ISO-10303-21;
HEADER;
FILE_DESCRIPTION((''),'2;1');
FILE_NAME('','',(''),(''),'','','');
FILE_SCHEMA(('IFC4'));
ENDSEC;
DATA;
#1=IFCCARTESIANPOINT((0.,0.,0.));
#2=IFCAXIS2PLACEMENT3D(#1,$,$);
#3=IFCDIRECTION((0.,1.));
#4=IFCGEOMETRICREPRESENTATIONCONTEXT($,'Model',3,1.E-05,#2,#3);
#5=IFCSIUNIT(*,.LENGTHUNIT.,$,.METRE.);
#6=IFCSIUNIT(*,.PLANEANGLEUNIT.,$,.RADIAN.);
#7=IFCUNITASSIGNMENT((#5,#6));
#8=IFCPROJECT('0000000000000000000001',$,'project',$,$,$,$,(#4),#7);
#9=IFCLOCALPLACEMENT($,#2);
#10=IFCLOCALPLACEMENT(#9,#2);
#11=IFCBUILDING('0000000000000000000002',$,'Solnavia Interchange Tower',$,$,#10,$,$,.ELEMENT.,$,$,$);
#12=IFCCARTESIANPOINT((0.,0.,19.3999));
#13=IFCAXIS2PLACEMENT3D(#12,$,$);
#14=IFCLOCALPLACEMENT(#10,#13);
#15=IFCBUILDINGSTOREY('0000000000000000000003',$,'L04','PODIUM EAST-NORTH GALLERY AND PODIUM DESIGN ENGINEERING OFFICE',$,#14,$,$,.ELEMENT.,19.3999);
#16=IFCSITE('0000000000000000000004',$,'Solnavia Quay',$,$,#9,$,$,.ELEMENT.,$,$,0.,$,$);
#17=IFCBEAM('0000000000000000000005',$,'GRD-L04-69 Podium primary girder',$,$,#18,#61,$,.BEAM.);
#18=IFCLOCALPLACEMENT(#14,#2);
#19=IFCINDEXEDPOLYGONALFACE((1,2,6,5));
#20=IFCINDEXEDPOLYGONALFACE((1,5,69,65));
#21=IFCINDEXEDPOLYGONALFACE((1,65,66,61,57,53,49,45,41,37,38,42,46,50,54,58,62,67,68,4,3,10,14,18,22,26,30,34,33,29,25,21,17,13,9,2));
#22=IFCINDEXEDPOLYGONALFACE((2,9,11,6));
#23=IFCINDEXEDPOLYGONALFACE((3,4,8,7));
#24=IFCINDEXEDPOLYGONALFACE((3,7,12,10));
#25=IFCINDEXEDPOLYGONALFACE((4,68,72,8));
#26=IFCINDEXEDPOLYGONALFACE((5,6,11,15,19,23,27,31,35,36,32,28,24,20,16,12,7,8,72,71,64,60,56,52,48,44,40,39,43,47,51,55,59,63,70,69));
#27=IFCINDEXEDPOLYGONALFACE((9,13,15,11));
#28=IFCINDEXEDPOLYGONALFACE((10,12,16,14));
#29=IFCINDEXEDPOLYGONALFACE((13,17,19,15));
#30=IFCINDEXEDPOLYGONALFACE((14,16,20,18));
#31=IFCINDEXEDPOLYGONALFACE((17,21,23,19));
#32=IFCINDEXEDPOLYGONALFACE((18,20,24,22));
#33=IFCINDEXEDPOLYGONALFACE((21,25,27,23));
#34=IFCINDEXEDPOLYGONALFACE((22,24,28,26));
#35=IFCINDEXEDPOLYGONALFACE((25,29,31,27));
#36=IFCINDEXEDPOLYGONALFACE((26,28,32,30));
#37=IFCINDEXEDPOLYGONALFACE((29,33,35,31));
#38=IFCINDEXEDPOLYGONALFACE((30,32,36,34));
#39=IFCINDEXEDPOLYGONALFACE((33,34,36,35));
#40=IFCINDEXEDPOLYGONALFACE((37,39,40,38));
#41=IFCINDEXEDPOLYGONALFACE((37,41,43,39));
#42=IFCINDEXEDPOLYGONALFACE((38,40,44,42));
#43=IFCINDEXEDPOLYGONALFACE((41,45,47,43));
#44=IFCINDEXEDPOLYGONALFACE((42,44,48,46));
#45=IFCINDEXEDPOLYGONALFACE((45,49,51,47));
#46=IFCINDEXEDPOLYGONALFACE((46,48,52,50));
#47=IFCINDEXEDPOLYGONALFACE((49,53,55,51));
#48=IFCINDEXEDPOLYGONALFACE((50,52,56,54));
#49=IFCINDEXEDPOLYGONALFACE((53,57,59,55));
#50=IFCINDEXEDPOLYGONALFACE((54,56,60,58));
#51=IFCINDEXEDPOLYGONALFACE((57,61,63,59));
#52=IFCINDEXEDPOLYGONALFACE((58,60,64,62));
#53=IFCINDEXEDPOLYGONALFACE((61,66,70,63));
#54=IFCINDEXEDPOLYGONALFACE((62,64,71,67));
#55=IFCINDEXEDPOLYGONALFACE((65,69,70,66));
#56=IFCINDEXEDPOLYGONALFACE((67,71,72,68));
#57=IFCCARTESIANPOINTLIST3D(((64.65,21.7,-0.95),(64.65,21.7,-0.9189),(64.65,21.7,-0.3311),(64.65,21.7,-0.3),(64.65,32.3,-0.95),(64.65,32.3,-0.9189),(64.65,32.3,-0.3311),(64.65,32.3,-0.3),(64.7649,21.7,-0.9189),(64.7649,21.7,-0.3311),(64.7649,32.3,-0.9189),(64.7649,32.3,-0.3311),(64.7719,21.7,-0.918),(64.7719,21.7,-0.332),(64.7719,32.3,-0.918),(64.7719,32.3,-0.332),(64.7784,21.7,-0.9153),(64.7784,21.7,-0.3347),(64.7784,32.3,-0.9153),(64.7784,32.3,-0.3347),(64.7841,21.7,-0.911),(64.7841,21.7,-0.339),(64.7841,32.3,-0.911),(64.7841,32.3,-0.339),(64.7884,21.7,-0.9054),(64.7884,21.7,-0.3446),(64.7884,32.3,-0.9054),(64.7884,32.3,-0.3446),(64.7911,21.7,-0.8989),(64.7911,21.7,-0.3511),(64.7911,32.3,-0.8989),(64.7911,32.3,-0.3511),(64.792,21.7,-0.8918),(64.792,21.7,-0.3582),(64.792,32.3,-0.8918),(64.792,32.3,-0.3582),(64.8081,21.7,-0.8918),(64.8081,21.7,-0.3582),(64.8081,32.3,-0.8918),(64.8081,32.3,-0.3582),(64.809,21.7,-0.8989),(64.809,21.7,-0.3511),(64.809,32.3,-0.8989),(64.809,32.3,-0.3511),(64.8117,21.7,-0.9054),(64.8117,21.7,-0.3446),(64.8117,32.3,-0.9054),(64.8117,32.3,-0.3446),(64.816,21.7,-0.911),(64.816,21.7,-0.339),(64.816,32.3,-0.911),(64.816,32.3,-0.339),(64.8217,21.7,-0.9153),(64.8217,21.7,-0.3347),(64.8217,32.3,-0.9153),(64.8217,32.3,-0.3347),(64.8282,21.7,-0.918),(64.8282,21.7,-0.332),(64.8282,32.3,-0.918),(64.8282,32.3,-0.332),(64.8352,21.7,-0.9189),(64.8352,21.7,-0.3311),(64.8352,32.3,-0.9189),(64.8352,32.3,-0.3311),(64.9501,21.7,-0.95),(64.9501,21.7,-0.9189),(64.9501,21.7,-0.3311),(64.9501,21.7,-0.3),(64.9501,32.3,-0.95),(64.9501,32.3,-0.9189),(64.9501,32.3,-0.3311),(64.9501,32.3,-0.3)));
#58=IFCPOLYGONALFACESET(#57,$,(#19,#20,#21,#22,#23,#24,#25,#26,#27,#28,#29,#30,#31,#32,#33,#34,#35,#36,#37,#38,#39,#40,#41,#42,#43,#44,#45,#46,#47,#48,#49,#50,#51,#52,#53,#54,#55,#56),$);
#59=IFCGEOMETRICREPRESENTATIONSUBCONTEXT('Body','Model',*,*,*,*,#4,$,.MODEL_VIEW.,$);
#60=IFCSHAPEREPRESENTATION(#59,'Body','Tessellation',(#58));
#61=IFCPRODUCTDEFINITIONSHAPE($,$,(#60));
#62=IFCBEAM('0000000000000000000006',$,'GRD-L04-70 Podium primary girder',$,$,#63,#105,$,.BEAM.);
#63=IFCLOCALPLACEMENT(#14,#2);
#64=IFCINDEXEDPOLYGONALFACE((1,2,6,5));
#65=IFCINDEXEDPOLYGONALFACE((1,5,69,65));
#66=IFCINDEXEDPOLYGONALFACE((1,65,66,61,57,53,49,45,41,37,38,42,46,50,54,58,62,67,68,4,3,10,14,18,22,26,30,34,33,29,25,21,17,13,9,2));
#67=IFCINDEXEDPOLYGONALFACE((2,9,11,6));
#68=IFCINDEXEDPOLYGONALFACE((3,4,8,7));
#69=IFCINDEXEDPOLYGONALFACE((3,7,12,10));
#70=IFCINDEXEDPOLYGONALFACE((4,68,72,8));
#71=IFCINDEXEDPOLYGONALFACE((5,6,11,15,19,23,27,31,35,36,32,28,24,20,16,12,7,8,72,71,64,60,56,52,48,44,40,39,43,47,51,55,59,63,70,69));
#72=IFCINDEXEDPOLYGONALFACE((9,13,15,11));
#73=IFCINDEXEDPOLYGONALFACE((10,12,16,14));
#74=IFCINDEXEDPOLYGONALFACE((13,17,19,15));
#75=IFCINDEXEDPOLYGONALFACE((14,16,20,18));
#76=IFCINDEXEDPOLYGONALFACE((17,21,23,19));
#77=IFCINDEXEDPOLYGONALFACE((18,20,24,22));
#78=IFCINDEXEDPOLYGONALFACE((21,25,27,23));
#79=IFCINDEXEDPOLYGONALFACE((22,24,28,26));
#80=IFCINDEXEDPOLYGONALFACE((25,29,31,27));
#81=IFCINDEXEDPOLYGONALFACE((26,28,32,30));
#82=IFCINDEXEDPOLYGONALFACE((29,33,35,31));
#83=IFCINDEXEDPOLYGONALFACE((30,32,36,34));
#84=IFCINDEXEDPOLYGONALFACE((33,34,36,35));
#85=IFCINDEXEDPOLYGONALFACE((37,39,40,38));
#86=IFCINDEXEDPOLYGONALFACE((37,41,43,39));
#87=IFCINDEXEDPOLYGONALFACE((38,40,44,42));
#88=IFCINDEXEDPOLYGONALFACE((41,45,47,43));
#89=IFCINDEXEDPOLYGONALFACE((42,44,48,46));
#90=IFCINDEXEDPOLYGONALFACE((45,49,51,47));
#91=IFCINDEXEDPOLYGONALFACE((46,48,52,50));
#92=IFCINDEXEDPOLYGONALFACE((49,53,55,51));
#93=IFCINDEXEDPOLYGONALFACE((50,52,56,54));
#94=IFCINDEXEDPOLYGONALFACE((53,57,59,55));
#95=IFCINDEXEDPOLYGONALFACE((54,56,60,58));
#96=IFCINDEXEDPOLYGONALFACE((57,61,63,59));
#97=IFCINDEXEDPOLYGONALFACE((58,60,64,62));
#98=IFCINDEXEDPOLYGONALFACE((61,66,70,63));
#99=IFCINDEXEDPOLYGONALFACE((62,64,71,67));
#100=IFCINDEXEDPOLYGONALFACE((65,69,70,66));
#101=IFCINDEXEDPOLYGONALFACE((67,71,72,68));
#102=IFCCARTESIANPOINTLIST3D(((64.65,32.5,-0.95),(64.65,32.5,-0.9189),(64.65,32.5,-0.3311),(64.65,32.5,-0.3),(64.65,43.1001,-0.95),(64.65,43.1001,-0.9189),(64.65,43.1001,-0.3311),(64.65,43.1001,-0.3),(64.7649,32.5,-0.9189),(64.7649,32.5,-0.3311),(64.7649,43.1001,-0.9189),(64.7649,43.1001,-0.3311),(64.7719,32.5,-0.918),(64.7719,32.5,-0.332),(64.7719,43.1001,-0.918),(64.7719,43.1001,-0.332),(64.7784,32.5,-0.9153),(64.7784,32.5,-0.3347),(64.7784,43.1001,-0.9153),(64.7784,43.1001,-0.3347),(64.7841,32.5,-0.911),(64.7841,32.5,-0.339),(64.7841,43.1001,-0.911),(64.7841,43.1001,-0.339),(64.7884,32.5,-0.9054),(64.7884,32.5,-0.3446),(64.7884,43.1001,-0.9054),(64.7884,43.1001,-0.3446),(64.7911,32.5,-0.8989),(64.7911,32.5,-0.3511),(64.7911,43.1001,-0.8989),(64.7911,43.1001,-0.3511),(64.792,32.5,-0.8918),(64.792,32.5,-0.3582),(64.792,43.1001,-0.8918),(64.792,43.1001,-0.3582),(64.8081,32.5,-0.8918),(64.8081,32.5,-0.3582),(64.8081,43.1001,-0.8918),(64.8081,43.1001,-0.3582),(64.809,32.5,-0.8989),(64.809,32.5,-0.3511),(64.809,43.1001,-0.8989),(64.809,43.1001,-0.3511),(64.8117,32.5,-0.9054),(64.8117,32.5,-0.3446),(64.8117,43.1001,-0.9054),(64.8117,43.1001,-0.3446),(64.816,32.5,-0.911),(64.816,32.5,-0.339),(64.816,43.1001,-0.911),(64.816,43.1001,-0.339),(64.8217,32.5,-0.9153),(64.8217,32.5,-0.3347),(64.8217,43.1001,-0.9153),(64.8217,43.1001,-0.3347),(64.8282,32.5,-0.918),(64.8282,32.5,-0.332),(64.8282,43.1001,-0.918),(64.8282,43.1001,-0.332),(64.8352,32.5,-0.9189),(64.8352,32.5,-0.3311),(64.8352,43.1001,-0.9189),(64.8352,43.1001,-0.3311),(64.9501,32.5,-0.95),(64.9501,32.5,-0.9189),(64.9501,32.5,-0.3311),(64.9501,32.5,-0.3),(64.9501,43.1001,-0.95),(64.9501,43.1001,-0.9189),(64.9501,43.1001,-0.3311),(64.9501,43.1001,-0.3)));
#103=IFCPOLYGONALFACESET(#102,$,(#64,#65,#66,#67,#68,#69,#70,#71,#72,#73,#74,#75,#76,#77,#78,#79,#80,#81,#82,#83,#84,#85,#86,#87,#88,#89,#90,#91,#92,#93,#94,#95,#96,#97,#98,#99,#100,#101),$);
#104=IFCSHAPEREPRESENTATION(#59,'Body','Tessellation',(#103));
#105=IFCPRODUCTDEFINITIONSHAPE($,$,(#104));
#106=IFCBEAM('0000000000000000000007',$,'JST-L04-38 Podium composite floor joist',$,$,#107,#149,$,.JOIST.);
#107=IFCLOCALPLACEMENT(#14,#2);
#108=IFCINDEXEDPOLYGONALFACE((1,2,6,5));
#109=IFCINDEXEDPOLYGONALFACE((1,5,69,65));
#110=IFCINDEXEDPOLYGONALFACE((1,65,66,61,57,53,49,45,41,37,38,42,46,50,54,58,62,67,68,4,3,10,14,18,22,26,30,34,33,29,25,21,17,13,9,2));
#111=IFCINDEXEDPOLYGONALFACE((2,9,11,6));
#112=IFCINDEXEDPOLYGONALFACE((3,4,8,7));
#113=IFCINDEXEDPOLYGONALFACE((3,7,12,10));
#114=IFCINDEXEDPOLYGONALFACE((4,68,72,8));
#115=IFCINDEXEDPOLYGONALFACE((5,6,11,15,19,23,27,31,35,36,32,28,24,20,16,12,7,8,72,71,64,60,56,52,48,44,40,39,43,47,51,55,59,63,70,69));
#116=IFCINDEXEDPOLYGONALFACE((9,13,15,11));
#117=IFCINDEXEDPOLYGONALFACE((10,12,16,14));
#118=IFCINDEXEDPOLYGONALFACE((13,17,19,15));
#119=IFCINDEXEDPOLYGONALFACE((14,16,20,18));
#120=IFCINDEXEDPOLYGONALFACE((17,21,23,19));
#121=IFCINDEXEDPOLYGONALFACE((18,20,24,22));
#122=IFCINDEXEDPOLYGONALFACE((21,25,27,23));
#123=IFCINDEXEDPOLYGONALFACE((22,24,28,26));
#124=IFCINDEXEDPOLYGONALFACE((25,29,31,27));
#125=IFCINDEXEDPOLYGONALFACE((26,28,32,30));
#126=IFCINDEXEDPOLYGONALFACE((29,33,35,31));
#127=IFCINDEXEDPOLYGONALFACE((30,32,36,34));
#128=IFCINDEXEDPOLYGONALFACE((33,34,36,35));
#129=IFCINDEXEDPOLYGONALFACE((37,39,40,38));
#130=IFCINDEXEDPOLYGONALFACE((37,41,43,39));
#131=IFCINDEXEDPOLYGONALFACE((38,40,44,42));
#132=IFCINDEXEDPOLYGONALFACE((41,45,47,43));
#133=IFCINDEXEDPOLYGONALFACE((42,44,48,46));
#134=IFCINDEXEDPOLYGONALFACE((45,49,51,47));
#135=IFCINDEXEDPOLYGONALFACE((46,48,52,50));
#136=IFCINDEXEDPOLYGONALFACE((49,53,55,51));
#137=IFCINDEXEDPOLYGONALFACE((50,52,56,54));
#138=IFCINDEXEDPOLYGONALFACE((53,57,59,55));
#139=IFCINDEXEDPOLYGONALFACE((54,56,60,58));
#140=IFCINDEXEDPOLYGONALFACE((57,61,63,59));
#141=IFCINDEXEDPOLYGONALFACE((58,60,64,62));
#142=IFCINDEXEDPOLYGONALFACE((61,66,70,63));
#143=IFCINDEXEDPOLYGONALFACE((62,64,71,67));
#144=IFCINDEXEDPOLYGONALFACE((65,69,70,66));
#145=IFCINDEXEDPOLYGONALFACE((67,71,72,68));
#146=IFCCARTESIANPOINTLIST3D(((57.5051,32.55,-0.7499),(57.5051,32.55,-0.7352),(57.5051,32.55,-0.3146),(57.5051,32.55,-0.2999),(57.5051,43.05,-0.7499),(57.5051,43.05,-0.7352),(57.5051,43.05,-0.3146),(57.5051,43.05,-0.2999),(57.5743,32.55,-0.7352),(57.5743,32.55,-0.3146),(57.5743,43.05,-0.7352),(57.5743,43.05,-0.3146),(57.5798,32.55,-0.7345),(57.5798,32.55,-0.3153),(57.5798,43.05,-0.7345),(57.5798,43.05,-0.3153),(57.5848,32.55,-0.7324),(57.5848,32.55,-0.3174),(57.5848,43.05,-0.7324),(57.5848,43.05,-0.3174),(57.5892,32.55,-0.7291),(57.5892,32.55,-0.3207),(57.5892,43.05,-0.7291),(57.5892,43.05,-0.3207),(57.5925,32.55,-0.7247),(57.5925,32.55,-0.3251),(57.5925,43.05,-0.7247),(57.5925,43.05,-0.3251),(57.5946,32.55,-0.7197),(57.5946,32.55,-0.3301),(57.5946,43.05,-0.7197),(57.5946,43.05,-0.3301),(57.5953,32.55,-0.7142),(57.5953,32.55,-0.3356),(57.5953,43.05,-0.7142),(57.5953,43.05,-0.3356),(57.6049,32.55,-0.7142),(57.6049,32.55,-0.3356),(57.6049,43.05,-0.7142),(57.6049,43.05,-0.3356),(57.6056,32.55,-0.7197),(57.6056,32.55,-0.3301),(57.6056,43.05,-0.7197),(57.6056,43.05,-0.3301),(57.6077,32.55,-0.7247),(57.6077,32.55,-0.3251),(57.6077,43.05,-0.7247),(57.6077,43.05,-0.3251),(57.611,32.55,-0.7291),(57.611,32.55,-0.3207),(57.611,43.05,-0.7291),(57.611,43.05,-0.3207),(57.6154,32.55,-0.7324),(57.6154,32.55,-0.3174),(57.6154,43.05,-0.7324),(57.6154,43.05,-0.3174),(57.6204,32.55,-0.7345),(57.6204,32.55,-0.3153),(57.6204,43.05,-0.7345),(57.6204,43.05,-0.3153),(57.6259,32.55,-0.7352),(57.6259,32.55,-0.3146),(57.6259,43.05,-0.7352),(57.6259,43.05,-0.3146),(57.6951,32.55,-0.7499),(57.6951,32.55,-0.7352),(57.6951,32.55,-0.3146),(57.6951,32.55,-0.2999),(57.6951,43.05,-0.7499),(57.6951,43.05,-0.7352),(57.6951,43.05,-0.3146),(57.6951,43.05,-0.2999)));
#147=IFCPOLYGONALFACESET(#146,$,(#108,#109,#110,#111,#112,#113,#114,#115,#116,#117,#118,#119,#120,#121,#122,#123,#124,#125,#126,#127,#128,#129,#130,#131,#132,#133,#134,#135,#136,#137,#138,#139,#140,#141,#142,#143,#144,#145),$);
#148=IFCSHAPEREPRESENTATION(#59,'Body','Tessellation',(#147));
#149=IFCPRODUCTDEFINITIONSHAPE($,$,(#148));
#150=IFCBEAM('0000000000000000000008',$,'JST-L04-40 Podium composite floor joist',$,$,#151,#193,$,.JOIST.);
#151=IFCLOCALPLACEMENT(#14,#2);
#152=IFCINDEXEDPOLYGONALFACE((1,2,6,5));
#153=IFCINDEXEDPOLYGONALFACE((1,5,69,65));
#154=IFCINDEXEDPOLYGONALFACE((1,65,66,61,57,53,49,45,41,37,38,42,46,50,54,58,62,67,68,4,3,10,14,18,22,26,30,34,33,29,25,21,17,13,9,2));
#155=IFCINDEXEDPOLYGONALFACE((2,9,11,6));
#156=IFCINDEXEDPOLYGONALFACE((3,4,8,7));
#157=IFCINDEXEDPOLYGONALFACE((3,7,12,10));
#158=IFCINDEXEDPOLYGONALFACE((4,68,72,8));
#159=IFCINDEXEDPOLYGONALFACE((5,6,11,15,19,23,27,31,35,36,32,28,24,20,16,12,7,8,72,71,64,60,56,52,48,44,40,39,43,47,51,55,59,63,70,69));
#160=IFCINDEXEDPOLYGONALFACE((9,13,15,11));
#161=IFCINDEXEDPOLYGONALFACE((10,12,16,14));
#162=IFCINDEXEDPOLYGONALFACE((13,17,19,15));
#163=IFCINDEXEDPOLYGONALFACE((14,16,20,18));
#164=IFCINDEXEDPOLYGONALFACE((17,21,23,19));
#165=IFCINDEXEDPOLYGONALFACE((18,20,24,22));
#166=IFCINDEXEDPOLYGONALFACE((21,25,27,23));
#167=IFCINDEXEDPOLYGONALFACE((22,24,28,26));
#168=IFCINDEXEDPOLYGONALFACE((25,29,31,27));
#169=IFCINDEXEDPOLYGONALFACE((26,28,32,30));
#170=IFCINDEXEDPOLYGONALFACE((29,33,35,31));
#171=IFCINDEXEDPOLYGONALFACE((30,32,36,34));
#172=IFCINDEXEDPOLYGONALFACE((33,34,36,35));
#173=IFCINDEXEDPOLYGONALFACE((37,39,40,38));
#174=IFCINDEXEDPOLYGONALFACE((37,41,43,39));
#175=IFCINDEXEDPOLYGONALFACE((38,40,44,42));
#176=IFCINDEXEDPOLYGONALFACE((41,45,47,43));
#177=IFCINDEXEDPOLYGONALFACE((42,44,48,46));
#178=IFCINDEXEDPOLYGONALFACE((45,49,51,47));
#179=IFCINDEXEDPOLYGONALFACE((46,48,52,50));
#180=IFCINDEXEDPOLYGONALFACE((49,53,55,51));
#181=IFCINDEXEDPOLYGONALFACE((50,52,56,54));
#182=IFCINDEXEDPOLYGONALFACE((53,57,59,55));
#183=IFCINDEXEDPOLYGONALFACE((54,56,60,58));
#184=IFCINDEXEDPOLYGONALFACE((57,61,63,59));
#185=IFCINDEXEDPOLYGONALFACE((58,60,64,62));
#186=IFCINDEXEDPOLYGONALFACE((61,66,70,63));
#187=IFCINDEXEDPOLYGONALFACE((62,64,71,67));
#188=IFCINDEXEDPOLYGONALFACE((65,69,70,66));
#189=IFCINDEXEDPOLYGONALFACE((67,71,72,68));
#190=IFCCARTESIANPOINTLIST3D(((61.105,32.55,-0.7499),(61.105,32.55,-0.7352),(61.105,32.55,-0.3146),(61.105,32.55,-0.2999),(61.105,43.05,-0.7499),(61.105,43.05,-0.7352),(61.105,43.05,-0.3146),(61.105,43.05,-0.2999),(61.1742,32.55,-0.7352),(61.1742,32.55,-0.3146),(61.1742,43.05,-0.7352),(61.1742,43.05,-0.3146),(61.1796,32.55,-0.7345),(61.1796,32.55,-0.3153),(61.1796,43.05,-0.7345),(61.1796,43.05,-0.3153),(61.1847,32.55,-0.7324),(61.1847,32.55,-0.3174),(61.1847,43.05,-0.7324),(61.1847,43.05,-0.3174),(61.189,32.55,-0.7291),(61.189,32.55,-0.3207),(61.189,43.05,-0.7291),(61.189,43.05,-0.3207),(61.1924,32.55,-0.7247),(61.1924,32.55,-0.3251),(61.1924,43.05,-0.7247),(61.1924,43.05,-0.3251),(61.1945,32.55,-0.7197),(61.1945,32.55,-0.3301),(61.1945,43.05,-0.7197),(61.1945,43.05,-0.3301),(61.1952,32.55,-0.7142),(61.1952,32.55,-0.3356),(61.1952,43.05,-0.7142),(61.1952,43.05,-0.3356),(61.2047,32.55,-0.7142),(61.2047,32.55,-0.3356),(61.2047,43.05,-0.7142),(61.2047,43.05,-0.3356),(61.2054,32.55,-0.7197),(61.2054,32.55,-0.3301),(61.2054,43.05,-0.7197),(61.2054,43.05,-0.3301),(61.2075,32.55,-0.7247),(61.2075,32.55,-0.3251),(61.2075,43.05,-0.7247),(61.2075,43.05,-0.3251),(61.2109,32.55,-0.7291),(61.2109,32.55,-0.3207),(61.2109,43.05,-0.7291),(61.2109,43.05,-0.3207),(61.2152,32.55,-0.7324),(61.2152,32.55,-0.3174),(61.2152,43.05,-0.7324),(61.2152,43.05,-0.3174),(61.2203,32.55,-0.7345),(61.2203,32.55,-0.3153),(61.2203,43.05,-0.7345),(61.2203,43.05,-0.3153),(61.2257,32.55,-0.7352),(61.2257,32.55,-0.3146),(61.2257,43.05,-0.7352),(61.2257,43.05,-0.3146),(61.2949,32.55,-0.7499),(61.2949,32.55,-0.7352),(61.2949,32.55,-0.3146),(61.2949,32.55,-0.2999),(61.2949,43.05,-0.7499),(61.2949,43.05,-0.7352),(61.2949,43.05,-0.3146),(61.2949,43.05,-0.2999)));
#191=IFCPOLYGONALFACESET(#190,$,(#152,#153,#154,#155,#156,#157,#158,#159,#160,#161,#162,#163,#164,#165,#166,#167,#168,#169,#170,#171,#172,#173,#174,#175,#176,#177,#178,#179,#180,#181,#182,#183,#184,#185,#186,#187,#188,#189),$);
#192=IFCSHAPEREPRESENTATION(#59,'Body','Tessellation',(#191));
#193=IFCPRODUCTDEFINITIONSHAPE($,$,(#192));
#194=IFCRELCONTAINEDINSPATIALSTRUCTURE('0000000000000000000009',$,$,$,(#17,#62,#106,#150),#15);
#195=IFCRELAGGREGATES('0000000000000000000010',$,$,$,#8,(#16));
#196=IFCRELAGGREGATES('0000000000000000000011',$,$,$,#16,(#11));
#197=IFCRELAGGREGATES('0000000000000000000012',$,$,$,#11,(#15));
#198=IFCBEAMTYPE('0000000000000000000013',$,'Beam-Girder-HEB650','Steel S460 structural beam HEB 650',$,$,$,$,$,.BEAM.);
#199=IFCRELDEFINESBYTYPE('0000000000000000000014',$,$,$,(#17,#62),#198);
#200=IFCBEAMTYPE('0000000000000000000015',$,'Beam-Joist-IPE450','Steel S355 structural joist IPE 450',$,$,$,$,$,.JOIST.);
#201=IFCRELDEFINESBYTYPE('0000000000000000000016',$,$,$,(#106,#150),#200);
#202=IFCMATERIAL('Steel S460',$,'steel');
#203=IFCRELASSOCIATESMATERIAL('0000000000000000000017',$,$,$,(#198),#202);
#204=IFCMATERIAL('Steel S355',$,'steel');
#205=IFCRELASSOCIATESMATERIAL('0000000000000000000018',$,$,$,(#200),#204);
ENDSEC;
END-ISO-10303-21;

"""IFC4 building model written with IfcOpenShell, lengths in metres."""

from ifc_helpers import new_model, si_unit, direction, frame, origin, origin_2d, place, context, subcontext, project, spatial, i_section, extrude, material, material_profile, profile_set, type_object, element, save


model = new_model("IFC4")

# Units and contexts
model_context = context("Model", 3, precision=1e-05, world=origin(), true_north=direction((0.0, 1.0)))
body_context = subcontext(model_context, "Body", "Model", "MODEL_VIEW")
ifc_project = project(units=[si_unit("LENGTHUNIT", "METRE"), si_unit("PLANEANGLEUNIT", "RADIAN")], contexts=[model_context])

# Site, building, storey
site_placement = place(None, origin())
site = spatial("IfcSite", under=ifc_project, at=site_placement, Name="Solnavia Quay", CompositionType="ELEMENT", RefElevation=0.0)
building_placement = place(site_placement, origin())
building = spatial("IfcBuilding", under=site, at=building_placement, Name="Solnavia Interchange Tower", CompositionType="ELEMENT")
storey_placement = place(building_placement, frame((0.0, 0.0, 19.3999)))
storey = spatial("IfcBuildingStorey", under=building, at=storey_placement, Name="L04", Description="PODIUM EAST-NORTH GALLERY AND PODIUM DESIGN ENGINEERING OFFICE", CompositionType="ELEMENT", Elevation=19.3999)

# Beams
ifc_material_1 = material(Name="Steel S460", Category="steel")
ifc_material_profile_1 = material_profile(ifc_material_1, i_section(OverallWidth=0.3, OverallDepth=0.6499, WebThickness=0.0161, FlangeThickness=0.031, FilletRadius=0.0271, at=origin_2d()), Name="HEB 650")
ifc_profile_set_1 = profile_set([ifc_material_profile_1], Name="Steel S460")
beam_type_1 = type_object("IfcBeamType", Name="Beam-Girder-HEB650", Description="Steel S460 structural beam HEB 650", PredefinedType="BEAM", material=ifc_profile_set_1)
for number, where, z_axis, x_axis, name in (
    (1, (64.8, 21.7, -0.625), (0.0, 1.0, 0.0), (-1.0, 0.0, 0.0), "GRD-L04-69 Podium primary girder"),
    (2, (64.8, 32.5, -0.625), (0.0, 1.0, 0.0), (-1.0, 0.0, 0.0), "GRD-L04-70 Podium primary girder"),
):
    element("IfcBeam", number, at=place(storey_placement, frame(where, z_axis=z_axis, x_axis=x_axis)), inside=storey, type_object=beam_type_1, Name=name, PredefinedType="BEAM", context=body_context, shape_type="SweptSolid", body=[
        extrude(i_section(OverallWidth=0.3, OverallDepth=0.6499, WebThickness=0.0161, FlangeThickness=0.031, FilletRadius=0.0271, at=origin_2d()), origin(), (0.0, 0.0, 1.0), 10.6001),
    ])
ifc_material_2 = material(Name="Steel S355", Category="steel")
ifc_material_profile_2 = material_profile(ifc_material_2, i_section(OverallWidth=0.1899, OverallDepth=0.45, WebThickness=0.0095, FlangeThickness=0.0146, FilletRadius=0.021, at=origin_2d()), Name="IPE 450")
ifc_profile_set_2 = profile_set([ifc_material_profile_2], Name="Steel S355")
beam_type_2 = type_object("IfcBeamType", Name="Beam-Joist-IPE450", Description="Steel S355 structural joist IPE 450", PredefinedType="JOIST", material=ifc_profile_set_2)
for number, where, z_axis, x_axis, name in (
    (3, (57.6001, 32.55, -0.5249), (0.0, 1.0, 0.0), (-1.0, 0.0, 0.0), "JST-L04-38 Podium composite floor joist"),
    (4, (61.2, 32.55, -0.5249), (0.0, 1.0, 0.0), (-1.0, 0.0, 0.0), "JST-L04-40 Podium composite floor joist"),
):
    element("IfcBeam", number, at=place(storey_placement, frame(where, z_axis=z_axis, x_axis=x_axis)), inside=storey, type_object=beam_type_2, Name=name, PredefinedType="JOIST", context=body_context, shape_type="SweptSolid", body=[
        extrude(i_section(OverallWidth=0.1899, OverallDepth=0.45, WebThickness=0.0095, FlangeThickness=0.0146, FilletRadius=0.021, at=origin_2d()), origin(), (0.0, 0.0, 1.0), 10.5),
    ])

save(model, "model.ifc")
